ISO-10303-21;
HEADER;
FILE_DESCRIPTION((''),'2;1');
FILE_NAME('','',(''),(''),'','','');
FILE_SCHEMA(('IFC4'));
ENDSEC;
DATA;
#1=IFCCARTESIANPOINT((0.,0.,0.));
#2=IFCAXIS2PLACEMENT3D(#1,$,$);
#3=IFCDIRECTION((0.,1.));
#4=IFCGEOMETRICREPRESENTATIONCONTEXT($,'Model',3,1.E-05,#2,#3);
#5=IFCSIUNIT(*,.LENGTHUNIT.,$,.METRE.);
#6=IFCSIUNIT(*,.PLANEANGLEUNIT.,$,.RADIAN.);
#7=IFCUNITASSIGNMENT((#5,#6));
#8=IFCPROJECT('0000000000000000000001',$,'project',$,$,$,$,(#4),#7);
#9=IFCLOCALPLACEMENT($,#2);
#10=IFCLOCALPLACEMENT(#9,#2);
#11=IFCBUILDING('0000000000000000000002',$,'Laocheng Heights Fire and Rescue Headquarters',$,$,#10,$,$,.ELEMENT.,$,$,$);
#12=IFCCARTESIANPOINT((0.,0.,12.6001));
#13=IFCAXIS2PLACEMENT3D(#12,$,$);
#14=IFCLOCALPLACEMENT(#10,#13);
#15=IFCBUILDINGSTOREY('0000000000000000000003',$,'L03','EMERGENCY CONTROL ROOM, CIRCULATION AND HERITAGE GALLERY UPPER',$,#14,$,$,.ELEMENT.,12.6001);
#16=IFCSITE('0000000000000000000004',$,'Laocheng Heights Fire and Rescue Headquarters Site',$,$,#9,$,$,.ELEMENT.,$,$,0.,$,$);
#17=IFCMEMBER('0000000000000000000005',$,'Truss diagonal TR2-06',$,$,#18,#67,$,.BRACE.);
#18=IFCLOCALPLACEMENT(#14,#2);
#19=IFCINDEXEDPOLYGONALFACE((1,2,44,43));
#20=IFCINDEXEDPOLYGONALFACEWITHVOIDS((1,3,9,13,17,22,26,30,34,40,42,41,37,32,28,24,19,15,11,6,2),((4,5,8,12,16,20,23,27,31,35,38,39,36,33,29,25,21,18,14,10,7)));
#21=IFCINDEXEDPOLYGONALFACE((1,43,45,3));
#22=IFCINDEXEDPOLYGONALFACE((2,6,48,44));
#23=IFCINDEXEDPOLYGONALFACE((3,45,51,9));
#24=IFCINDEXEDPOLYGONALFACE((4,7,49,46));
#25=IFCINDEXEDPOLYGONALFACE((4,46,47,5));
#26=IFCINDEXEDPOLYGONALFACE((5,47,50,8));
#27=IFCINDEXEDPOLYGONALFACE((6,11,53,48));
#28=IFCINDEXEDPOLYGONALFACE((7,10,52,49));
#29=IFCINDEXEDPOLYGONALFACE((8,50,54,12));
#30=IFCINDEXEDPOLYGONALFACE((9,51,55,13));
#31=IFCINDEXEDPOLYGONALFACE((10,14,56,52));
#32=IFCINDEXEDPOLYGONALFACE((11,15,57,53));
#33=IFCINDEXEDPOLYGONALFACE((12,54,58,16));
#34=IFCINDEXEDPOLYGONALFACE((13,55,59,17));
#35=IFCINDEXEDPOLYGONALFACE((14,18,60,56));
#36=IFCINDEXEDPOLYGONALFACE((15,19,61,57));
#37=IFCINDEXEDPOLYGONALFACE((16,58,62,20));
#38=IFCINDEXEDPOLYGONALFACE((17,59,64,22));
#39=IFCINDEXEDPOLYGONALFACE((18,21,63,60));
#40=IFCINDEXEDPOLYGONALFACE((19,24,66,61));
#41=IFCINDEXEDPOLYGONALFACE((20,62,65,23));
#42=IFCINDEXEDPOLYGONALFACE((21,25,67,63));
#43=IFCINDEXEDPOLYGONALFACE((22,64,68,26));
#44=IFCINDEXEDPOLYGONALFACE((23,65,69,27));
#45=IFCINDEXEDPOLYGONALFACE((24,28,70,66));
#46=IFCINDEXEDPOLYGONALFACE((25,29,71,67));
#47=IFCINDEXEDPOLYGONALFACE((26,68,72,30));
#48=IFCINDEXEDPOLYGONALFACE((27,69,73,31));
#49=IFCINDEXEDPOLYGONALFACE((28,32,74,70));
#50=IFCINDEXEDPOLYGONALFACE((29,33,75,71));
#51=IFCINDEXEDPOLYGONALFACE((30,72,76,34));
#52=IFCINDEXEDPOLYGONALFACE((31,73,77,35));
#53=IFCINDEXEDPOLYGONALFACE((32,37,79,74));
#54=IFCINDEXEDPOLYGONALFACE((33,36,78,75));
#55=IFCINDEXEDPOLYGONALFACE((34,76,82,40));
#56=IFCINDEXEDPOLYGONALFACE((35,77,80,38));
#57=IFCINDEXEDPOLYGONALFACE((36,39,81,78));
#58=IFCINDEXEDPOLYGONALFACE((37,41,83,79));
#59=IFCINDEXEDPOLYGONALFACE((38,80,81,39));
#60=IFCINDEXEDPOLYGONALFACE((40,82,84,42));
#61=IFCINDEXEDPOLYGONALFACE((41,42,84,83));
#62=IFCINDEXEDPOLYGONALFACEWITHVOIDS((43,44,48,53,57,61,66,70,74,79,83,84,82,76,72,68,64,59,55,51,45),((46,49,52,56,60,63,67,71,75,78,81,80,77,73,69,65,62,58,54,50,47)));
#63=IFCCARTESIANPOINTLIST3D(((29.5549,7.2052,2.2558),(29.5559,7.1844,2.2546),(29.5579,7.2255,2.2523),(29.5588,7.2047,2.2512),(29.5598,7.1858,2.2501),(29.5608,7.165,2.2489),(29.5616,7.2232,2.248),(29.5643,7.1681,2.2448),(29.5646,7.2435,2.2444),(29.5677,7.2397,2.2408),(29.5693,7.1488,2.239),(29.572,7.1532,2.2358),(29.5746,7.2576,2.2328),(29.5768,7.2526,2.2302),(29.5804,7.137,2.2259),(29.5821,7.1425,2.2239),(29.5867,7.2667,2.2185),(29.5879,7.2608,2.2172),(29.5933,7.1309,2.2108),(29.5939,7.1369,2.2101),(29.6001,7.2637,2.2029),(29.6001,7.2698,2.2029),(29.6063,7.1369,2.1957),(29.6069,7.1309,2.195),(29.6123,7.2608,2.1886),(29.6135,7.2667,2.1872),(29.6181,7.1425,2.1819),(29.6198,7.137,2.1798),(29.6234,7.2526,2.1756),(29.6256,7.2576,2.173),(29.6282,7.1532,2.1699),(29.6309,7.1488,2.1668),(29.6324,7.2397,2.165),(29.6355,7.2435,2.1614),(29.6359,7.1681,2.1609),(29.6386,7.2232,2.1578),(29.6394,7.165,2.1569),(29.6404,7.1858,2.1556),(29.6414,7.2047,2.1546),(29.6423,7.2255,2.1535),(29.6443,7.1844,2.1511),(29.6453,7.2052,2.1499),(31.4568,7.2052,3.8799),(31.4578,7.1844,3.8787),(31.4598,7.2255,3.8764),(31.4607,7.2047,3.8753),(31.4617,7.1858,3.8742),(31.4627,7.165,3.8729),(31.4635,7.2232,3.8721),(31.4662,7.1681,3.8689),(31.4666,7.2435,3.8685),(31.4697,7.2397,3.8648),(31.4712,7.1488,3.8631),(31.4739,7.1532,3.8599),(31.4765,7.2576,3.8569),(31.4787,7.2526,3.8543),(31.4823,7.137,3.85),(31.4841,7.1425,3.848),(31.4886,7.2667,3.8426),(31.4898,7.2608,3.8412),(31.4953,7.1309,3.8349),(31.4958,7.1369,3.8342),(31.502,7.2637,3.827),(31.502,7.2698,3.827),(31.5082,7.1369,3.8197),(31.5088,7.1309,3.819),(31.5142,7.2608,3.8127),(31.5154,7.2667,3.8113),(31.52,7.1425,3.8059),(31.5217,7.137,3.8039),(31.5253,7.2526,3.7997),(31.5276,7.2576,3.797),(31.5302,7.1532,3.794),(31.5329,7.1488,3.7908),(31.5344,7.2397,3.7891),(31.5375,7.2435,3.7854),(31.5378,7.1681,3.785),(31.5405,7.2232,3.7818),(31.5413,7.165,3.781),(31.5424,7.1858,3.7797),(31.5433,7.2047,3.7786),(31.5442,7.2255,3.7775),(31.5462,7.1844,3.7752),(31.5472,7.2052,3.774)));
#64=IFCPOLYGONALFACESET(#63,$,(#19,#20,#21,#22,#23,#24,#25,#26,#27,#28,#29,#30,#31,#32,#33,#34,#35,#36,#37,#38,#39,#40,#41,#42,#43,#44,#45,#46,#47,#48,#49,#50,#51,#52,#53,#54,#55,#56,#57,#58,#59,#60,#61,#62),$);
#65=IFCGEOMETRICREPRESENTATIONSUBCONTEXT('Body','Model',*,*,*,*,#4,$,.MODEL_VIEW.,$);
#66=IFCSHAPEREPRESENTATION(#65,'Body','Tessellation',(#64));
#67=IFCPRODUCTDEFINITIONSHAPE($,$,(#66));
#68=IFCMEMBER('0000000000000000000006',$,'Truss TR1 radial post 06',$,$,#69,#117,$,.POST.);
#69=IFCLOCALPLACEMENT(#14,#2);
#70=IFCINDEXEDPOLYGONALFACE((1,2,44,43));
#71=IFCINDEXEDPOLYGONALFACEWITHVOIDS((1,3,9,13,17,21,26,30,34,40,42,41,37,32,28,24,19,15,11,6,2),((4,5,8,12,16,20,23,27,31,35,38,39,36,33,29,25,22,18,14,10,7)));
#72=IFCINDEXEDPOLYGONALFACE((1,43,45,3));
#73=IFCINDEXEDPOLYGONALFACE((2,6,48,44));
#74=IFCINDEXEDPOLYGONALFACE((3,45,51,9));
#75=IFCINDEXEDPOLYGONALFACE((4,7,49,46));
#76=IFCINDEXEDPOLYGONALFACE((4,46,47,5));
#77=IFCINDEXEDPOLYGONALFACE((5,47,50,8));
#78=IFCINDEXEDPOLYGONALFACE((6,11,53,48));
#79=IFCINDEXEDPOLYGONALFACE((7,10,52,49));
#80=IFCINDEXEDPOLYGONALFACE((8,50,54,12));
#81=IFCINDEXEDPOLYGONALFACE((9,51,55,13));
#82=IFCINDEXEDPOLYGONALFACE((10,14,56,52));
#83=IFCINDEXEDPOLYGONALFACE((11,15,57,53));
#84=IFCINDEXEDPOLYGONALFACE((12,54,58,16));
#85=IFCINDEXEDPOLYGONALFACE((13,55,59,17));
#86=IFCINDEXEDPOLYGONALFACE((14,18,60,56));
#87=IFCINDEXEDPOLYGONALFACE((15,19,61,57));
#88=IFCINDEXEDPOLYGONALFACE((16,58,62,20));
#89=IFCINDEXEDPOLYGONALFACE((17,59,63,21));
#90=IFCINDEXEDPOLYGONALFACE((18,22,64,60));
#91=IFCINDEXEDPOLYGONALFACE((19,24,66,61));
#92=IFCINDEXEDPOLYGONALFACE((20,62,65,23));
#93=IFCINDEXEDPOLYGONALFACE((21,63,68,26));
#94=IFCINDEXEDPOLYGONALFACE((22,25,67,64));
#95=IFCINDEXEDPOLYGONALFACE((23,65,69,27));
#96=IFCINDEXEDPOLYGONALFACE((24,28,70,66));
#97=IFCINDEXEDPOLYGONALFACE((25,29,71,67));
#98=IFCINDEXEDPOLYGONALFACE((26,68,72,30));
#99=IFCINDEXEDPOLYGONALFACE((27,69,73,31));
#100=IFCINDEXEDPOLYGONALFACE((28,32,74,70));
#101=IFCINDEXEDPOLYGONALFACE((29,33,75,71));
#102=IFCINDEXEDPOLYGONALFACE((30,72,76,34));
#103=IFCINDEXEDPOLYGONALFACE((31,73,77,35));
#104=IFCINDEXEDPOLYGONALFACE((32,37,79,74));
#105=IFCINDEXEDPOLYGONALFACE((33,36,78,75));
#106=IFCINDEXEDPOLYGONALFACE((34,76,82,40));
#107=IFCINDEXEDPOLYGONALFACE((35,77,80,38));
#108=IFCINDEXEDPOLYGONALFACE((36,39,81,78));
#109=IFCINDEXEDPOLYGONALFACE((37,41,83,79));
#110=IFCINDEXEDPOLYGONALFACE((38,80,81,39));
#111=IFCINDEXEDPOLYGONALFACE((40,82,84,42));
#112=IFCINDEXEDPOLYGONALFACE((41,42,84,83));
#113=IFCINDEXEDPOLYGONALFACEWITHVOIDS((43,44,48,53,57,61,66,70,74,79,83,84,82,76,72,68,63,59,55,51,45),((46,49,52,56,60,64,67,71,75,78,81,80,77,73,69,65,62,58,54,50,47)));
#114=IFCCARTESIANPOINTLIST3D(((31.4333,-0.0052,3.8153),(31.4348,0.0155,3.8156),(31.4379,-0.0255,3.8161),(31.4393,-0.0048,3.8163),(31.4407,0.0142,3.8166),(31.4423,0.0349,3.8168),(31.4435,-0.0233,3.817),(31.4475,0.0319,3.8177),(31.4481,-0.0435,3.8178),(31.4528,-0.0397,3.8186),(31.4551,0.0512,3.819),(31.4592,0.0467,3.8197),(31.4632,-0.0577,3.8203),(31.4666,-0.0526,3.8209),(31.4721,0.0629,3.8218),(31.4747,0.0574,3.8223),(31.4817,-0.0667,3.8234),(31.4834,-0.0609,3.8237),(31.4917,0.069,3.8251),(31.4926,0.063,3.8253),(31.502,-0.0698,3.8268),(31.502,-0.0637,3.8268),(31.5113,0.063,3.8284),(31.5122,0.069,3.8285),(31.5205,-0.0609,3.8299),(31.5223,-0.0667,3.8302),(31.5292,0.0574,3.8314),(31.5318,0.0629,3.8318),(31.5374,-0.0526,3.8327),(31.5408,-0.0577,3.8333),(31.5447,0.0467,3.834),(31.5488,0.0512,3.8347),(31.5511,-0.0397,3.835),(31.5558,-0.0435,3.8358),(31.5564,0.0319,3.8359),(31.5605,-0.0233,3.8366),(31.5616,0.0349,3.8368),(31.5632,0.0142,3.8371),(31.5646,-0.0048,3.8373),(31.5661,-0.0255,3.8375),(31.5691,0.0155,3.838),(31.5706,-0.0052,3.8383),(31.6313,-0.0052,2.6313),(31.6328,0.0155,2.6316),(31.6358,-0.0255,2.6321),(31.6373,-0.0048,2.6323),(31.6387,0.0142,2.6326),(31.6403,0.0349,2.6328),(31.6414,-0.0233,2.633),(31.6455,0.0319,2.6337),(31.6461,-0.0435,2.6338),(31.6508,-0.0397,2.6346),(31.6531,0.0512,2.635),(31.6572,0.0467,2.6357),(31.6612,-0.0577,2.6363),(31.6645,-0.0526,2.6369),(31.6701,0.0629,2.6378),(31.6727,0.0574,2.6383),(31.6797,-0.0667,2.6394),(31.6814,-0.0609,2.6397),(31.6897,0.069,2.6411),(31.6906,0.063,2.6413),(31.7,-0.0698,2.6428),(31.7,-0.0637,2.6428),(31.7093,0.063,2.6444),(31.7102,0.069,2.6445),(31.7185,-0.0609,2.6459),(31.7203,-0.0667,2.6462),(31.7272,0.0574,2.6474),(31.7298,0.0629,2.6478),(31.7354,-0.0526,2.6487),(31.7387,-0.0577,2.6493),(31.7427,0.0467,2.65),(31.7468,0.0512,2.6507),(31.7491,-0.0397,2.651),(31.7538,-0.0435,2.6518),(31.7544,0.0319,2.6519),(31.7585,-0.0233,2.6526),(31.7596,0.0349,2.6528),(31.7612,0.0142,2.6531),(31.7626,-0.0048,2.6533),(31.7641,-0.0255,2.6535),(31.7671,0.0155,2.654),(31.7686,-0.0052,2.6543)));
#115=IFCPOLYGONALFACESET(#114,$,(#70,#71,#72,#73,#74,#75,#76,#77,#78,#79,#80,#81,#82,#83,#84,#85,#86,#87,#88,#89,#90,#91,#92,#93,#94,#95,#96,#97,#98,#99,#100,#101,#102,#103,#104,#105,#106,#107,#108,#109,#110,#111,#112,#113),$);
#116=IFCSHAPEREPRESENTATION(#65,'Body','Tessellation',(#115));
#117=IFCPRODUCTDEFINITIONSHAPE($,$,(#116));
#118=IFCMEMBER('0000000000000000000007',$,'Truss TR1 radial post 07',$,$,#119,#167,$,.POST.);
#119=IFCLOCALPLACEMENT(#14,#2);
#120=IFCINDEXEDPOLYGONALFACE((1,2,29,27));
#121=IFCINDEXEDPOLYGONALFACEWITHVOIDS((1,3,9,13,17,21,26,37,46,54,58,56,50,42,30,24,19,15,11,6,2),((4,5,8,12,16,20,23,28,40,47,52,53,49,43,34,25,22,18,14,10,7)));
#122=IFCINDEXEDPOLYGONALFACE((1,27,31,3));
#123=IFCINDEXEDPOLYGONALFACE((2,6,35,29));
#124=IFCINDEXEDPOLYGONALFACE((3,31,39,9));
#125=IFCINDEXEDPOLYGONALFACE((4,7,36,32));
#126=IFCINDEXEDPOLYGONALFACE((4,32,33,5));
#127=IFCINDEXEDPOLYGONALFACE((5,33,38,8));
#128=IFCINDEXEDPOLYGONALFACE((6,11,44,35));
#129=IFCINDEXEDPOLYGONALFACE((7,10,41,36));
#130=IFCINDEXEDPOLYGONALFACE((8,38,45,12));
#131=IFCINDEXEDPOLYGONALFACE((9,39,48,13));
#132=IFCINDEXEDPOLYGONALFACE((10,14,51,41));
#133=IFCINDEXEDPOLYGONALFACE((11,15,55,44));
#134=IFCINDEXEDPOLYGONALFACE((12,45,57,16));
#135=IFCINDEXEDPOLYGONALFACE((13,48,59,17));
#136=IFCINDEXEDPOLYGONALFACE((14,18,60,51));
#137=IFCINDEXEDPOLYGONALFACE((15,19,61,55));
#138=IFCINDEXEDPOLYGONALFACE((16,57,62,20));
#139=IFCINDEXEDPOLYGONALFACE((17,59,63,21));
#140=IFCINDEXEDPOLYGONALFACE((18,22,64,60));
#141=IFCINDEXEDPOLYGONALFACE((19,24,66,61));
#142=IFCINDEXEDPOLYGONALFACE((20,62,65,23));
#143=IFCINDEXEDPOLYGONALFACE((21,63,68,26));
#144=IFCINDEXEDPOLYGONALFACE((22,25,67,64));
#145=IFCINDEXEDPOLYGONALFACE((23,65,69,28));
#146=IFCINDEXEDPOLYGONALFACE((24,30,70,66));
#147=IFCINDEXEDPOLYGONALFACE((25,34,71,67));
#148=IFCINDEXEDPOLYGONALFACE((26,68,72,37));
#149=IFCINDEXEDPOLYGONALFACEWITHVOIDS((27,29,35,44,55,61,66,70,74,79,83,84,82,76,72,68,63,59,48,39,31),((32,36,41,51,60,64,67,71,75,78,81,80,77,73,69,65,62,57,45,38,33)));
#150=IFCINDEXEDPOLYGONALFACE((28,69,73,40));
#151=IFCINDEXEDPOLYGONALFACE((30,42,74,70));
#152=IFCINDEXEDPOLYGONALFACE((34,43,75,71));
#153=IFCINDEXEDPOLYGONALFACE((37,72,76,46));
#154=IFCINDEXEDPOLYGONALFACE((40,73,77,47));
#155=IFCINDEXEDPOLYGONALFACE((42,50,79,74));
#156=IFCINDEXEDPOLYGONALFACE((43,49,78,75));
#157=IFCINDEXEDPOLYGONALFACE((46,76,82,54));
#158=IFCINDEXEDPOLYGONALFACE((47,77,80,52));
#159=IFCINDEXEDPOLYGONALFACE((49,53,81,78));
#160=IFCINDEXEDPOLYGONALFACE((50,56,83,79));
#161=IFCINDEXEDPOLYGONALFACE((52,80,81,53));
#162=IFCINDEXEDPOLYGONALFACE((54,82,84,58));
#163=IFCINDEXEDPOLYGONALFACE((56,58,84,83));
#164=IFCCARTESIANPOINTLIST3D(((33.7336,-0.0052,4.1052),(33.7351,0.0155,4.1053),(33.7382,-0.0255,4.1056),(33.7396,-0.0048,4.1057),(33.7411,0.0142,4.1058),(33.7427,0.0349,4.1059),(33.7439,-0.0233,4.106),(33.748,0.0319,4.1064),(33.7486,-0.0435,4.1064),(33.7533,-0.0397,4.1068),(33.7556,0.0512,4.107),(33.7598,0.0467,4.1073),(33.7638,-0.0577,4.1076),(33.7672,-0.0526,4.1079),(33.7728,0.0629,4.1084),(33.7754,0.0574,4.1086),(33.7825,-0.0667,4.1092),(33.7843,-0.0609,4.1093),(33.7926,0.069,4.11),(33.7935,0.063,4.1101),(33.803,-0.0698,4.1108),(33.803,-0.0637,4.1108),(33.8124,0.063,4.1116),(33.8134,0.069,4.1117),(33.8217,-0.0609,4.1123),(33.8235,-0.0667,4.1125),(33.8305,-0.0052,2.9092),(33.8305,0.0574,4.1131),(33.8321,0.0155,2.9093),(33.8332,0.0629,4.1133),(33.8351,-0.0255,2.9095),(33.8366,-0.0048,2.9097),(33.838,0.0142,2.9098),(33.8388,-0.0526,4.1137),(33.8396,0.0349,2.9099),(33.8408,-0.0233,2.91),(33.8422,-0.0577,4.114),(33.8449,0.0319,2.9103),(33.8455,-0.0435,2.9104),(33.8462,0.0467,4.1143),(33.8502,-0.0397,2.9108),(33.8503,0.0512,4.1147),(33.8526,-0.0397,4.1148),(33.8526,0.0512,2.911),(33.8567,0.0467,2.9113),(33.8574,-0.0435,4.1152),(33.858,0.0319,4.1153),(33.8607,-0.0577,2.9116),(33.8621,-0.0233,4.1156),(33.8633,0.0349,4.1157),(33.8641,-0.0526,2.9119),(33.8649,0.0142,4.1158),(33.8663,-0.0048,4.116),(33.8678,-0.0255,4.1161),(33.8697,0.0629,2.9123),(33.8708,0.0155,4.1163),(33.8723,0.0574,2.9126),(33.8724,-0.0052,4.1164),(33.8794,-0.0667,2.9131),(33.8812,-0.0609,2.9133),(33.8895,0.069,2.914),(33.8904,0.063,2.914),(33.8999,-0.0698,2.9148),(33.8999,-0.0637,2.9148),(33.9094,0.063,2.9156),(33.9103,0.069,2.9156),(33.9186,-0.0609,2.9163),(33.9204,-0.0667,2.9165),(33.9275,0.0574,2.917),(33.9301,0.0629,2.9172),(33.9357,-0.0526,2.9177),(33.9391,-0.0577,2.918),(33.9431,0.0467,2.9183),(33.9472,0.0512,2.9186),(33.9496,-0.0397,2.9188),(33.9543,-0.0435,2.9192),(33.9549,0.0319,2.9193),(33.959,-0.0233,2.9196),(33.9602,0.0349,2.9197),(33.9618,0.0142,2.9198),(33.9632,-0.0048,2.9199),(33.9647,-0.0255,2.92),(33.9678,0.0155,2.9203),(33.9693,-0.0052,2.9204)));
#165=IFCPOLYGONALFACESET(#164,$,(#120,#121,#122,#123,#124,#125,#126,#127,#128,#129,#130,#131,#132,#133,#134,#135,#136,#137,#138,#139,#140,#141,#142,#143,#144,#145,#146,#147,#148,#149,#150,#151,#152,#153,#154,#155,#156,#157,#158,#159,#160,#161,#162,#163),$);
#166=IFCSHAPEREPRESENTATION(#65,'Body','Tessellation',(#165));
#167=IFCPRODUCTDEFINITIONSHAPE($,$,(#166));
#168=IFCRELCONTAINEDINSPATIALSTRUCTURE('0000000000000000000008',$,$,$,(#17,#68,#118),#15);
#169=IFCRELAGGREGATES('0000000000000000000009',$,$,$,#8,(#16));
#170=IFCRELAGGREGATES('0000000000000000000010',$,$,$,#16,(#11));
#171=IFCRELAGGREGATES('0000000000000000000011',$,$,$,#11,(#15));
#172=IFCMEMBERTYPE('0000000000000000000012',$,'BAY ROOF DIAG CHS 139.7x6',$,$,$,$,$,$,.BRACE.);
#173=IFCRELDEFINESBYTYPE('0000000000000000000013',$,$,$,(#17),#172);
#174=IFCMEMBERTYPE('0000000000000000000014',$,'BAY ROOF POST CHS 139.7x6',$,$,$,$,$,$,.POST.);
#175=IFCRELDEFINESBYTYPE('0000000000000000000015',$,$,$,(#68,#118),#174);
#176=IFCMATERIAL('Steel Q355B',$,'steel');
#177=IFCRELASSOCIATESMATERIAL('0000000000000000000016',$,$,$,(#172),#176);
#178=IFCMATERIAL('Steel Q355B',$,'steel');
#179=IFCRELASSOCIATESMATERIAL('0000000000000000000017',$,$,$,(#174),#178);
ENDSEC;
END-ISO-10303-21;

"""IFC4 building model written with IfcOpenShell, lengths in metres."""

from ifc_helpers import new_model, si_unit, direction, frame, origin, origin_2d, place, context, subcontext, project, spatial, hollow_circle, extrude, material, material_profile, profile_set, type_object, element, save


model = new_model("IFC4")

# Units and contexts
model_context = context("Model", 3, precision=1e-05, world=origin(), true_north=direction((0.0, 1.0)))
body_context = subcontext(model_context, "Body", "Model", "MODEL_VIEW")
ifc_project = project(units=[si_unit("LENGTHUNIT", "METRE"), si_unit("PLANEANGLEUNIT", "RADIAN")], contexts=[model_context])

# Site, building, storey
site_placement = place(None, origin())
site = spatial("IfcSite", under=ifc_project, at=site_placement, Name="Laocheng Heights Fire and Rescue Headquarters Site", CompositionType="ELEMENT", RefElevation=0.0)
building_placement = place(site_placement, origin())
building = spatial("IfcBuilding", under=site, at=building_placement, Name="Laocheng Heights Fire and Rescue Headquarters", CompositionType="ELEMENT")
storey_placement = place(building_placement, frame((0.0, 0.0, 12.6001)))
storey = spatial("IfcBuildingStorey", under=building, at=storey_placement, Name="L03", Description="EMERGENCY CONTROL ROOM, CIRCULATION AND HERITAGE GALLERY UPPER", CompositionType="ELEMENT", Elevation=12.6001)

# Members
ifc_material_1 = material(Name="Steel Q355B", Category="steel")
ifc_material_profile_1 = material_profile(ifc_material_1, hollow_circle(Radius=0.0698, WallThickness=0.0061, at=origin_2d()), Name="CHS 139.7x6")
ifc_profile_set_1 = profile_set([ifc_material_profile_1], Name="Steel Q355B")
member_type_1 = type_object("IfcMemberType", Name="BAY ROOF DIAG CHS 139.7x6", PredefinedType="BRACE", material=ifc_profile_set_1)
member_1_placement = place(storey_placement, frame((29.6001, 7.2, 2.2029), z_axis=(0.760468, 0.0, 0.649375), x_axis=(0.0, 1.0, 0.0)))
element("IfcMember", 1, at=member_1_placement, inside=storey, type_object=member_type_1, Name="Truss diagonal TR2-06", PredefinedType="BRACE", context=body_context, shape_type="SweptSolid", body=[
    extrude(hollow_circle(Radius=0.0698, WallThickness=0.0061, at=origin_2d()), origin(), (0.0, 0.0, 1.0), 2.501),
])
ifc_material_2 = material(Name="Steel Q355B", Category="steel")
ifc_material_profile_2 = material_profile(ifc_material_2, hollow_circle(Radius=0.0698, WallThickness=0.0061, at=origin_2d()), Name="CHS 139.7x6")
ifc_profile_set_2 = profile_set([ifc_material_profile_2], Name="Steel Q355B")
member_type_2 = type_object("IfcMemberType", Name="BAY ROOF POST CHS 139.7x6", PredefinedType="POST", material=ifc_profile_set_2)
member_2_placement = place(storey_placement, frame((31.7, 0.0, 2.6428), z_axis=(-0.164927, 0.0, 0.986306), x_axis=(0.0, -1.0, 0.0)))
element("IfcMember", 2, at=member_2_placement, inside=storey, type_object=member_type_2, Name="Truss TR1 radial post 06", PredefinedType="POST", context=body_context, shape_type="SweptSolid", body=[
    extrude(hollow_circle(Radius=0.0698, WallThickness=0.0061, at=origin_2d()), origin(), (0.0, 0.0, 1.0), 1.2004),
])
for number, where, z_axis, x_axis, name in (
    (3, (33.8999, 0.0, 2.9148), (-0.080772, 0.0, 0.996733), (0.0, -1.0, 0.0), "Truss TR1 radial post 07"),
):
    element("IfcMember", number, at=place(storey_placement, frame(where, z_axis=z_axis, x_axis=x_axis)), inside=storey, type_object=member_type_2, Name=name, PredefinedType="POST", context=body_context, shape_type="SweptSolid", body=[
        extrude(hollow_circle(Radius=0.0698, WallThickness=0.0061, at=origin_2d()), origin(), (0.0, 0.0, 1.0), 1.2),
    ])

save(model, "model.ifc")
